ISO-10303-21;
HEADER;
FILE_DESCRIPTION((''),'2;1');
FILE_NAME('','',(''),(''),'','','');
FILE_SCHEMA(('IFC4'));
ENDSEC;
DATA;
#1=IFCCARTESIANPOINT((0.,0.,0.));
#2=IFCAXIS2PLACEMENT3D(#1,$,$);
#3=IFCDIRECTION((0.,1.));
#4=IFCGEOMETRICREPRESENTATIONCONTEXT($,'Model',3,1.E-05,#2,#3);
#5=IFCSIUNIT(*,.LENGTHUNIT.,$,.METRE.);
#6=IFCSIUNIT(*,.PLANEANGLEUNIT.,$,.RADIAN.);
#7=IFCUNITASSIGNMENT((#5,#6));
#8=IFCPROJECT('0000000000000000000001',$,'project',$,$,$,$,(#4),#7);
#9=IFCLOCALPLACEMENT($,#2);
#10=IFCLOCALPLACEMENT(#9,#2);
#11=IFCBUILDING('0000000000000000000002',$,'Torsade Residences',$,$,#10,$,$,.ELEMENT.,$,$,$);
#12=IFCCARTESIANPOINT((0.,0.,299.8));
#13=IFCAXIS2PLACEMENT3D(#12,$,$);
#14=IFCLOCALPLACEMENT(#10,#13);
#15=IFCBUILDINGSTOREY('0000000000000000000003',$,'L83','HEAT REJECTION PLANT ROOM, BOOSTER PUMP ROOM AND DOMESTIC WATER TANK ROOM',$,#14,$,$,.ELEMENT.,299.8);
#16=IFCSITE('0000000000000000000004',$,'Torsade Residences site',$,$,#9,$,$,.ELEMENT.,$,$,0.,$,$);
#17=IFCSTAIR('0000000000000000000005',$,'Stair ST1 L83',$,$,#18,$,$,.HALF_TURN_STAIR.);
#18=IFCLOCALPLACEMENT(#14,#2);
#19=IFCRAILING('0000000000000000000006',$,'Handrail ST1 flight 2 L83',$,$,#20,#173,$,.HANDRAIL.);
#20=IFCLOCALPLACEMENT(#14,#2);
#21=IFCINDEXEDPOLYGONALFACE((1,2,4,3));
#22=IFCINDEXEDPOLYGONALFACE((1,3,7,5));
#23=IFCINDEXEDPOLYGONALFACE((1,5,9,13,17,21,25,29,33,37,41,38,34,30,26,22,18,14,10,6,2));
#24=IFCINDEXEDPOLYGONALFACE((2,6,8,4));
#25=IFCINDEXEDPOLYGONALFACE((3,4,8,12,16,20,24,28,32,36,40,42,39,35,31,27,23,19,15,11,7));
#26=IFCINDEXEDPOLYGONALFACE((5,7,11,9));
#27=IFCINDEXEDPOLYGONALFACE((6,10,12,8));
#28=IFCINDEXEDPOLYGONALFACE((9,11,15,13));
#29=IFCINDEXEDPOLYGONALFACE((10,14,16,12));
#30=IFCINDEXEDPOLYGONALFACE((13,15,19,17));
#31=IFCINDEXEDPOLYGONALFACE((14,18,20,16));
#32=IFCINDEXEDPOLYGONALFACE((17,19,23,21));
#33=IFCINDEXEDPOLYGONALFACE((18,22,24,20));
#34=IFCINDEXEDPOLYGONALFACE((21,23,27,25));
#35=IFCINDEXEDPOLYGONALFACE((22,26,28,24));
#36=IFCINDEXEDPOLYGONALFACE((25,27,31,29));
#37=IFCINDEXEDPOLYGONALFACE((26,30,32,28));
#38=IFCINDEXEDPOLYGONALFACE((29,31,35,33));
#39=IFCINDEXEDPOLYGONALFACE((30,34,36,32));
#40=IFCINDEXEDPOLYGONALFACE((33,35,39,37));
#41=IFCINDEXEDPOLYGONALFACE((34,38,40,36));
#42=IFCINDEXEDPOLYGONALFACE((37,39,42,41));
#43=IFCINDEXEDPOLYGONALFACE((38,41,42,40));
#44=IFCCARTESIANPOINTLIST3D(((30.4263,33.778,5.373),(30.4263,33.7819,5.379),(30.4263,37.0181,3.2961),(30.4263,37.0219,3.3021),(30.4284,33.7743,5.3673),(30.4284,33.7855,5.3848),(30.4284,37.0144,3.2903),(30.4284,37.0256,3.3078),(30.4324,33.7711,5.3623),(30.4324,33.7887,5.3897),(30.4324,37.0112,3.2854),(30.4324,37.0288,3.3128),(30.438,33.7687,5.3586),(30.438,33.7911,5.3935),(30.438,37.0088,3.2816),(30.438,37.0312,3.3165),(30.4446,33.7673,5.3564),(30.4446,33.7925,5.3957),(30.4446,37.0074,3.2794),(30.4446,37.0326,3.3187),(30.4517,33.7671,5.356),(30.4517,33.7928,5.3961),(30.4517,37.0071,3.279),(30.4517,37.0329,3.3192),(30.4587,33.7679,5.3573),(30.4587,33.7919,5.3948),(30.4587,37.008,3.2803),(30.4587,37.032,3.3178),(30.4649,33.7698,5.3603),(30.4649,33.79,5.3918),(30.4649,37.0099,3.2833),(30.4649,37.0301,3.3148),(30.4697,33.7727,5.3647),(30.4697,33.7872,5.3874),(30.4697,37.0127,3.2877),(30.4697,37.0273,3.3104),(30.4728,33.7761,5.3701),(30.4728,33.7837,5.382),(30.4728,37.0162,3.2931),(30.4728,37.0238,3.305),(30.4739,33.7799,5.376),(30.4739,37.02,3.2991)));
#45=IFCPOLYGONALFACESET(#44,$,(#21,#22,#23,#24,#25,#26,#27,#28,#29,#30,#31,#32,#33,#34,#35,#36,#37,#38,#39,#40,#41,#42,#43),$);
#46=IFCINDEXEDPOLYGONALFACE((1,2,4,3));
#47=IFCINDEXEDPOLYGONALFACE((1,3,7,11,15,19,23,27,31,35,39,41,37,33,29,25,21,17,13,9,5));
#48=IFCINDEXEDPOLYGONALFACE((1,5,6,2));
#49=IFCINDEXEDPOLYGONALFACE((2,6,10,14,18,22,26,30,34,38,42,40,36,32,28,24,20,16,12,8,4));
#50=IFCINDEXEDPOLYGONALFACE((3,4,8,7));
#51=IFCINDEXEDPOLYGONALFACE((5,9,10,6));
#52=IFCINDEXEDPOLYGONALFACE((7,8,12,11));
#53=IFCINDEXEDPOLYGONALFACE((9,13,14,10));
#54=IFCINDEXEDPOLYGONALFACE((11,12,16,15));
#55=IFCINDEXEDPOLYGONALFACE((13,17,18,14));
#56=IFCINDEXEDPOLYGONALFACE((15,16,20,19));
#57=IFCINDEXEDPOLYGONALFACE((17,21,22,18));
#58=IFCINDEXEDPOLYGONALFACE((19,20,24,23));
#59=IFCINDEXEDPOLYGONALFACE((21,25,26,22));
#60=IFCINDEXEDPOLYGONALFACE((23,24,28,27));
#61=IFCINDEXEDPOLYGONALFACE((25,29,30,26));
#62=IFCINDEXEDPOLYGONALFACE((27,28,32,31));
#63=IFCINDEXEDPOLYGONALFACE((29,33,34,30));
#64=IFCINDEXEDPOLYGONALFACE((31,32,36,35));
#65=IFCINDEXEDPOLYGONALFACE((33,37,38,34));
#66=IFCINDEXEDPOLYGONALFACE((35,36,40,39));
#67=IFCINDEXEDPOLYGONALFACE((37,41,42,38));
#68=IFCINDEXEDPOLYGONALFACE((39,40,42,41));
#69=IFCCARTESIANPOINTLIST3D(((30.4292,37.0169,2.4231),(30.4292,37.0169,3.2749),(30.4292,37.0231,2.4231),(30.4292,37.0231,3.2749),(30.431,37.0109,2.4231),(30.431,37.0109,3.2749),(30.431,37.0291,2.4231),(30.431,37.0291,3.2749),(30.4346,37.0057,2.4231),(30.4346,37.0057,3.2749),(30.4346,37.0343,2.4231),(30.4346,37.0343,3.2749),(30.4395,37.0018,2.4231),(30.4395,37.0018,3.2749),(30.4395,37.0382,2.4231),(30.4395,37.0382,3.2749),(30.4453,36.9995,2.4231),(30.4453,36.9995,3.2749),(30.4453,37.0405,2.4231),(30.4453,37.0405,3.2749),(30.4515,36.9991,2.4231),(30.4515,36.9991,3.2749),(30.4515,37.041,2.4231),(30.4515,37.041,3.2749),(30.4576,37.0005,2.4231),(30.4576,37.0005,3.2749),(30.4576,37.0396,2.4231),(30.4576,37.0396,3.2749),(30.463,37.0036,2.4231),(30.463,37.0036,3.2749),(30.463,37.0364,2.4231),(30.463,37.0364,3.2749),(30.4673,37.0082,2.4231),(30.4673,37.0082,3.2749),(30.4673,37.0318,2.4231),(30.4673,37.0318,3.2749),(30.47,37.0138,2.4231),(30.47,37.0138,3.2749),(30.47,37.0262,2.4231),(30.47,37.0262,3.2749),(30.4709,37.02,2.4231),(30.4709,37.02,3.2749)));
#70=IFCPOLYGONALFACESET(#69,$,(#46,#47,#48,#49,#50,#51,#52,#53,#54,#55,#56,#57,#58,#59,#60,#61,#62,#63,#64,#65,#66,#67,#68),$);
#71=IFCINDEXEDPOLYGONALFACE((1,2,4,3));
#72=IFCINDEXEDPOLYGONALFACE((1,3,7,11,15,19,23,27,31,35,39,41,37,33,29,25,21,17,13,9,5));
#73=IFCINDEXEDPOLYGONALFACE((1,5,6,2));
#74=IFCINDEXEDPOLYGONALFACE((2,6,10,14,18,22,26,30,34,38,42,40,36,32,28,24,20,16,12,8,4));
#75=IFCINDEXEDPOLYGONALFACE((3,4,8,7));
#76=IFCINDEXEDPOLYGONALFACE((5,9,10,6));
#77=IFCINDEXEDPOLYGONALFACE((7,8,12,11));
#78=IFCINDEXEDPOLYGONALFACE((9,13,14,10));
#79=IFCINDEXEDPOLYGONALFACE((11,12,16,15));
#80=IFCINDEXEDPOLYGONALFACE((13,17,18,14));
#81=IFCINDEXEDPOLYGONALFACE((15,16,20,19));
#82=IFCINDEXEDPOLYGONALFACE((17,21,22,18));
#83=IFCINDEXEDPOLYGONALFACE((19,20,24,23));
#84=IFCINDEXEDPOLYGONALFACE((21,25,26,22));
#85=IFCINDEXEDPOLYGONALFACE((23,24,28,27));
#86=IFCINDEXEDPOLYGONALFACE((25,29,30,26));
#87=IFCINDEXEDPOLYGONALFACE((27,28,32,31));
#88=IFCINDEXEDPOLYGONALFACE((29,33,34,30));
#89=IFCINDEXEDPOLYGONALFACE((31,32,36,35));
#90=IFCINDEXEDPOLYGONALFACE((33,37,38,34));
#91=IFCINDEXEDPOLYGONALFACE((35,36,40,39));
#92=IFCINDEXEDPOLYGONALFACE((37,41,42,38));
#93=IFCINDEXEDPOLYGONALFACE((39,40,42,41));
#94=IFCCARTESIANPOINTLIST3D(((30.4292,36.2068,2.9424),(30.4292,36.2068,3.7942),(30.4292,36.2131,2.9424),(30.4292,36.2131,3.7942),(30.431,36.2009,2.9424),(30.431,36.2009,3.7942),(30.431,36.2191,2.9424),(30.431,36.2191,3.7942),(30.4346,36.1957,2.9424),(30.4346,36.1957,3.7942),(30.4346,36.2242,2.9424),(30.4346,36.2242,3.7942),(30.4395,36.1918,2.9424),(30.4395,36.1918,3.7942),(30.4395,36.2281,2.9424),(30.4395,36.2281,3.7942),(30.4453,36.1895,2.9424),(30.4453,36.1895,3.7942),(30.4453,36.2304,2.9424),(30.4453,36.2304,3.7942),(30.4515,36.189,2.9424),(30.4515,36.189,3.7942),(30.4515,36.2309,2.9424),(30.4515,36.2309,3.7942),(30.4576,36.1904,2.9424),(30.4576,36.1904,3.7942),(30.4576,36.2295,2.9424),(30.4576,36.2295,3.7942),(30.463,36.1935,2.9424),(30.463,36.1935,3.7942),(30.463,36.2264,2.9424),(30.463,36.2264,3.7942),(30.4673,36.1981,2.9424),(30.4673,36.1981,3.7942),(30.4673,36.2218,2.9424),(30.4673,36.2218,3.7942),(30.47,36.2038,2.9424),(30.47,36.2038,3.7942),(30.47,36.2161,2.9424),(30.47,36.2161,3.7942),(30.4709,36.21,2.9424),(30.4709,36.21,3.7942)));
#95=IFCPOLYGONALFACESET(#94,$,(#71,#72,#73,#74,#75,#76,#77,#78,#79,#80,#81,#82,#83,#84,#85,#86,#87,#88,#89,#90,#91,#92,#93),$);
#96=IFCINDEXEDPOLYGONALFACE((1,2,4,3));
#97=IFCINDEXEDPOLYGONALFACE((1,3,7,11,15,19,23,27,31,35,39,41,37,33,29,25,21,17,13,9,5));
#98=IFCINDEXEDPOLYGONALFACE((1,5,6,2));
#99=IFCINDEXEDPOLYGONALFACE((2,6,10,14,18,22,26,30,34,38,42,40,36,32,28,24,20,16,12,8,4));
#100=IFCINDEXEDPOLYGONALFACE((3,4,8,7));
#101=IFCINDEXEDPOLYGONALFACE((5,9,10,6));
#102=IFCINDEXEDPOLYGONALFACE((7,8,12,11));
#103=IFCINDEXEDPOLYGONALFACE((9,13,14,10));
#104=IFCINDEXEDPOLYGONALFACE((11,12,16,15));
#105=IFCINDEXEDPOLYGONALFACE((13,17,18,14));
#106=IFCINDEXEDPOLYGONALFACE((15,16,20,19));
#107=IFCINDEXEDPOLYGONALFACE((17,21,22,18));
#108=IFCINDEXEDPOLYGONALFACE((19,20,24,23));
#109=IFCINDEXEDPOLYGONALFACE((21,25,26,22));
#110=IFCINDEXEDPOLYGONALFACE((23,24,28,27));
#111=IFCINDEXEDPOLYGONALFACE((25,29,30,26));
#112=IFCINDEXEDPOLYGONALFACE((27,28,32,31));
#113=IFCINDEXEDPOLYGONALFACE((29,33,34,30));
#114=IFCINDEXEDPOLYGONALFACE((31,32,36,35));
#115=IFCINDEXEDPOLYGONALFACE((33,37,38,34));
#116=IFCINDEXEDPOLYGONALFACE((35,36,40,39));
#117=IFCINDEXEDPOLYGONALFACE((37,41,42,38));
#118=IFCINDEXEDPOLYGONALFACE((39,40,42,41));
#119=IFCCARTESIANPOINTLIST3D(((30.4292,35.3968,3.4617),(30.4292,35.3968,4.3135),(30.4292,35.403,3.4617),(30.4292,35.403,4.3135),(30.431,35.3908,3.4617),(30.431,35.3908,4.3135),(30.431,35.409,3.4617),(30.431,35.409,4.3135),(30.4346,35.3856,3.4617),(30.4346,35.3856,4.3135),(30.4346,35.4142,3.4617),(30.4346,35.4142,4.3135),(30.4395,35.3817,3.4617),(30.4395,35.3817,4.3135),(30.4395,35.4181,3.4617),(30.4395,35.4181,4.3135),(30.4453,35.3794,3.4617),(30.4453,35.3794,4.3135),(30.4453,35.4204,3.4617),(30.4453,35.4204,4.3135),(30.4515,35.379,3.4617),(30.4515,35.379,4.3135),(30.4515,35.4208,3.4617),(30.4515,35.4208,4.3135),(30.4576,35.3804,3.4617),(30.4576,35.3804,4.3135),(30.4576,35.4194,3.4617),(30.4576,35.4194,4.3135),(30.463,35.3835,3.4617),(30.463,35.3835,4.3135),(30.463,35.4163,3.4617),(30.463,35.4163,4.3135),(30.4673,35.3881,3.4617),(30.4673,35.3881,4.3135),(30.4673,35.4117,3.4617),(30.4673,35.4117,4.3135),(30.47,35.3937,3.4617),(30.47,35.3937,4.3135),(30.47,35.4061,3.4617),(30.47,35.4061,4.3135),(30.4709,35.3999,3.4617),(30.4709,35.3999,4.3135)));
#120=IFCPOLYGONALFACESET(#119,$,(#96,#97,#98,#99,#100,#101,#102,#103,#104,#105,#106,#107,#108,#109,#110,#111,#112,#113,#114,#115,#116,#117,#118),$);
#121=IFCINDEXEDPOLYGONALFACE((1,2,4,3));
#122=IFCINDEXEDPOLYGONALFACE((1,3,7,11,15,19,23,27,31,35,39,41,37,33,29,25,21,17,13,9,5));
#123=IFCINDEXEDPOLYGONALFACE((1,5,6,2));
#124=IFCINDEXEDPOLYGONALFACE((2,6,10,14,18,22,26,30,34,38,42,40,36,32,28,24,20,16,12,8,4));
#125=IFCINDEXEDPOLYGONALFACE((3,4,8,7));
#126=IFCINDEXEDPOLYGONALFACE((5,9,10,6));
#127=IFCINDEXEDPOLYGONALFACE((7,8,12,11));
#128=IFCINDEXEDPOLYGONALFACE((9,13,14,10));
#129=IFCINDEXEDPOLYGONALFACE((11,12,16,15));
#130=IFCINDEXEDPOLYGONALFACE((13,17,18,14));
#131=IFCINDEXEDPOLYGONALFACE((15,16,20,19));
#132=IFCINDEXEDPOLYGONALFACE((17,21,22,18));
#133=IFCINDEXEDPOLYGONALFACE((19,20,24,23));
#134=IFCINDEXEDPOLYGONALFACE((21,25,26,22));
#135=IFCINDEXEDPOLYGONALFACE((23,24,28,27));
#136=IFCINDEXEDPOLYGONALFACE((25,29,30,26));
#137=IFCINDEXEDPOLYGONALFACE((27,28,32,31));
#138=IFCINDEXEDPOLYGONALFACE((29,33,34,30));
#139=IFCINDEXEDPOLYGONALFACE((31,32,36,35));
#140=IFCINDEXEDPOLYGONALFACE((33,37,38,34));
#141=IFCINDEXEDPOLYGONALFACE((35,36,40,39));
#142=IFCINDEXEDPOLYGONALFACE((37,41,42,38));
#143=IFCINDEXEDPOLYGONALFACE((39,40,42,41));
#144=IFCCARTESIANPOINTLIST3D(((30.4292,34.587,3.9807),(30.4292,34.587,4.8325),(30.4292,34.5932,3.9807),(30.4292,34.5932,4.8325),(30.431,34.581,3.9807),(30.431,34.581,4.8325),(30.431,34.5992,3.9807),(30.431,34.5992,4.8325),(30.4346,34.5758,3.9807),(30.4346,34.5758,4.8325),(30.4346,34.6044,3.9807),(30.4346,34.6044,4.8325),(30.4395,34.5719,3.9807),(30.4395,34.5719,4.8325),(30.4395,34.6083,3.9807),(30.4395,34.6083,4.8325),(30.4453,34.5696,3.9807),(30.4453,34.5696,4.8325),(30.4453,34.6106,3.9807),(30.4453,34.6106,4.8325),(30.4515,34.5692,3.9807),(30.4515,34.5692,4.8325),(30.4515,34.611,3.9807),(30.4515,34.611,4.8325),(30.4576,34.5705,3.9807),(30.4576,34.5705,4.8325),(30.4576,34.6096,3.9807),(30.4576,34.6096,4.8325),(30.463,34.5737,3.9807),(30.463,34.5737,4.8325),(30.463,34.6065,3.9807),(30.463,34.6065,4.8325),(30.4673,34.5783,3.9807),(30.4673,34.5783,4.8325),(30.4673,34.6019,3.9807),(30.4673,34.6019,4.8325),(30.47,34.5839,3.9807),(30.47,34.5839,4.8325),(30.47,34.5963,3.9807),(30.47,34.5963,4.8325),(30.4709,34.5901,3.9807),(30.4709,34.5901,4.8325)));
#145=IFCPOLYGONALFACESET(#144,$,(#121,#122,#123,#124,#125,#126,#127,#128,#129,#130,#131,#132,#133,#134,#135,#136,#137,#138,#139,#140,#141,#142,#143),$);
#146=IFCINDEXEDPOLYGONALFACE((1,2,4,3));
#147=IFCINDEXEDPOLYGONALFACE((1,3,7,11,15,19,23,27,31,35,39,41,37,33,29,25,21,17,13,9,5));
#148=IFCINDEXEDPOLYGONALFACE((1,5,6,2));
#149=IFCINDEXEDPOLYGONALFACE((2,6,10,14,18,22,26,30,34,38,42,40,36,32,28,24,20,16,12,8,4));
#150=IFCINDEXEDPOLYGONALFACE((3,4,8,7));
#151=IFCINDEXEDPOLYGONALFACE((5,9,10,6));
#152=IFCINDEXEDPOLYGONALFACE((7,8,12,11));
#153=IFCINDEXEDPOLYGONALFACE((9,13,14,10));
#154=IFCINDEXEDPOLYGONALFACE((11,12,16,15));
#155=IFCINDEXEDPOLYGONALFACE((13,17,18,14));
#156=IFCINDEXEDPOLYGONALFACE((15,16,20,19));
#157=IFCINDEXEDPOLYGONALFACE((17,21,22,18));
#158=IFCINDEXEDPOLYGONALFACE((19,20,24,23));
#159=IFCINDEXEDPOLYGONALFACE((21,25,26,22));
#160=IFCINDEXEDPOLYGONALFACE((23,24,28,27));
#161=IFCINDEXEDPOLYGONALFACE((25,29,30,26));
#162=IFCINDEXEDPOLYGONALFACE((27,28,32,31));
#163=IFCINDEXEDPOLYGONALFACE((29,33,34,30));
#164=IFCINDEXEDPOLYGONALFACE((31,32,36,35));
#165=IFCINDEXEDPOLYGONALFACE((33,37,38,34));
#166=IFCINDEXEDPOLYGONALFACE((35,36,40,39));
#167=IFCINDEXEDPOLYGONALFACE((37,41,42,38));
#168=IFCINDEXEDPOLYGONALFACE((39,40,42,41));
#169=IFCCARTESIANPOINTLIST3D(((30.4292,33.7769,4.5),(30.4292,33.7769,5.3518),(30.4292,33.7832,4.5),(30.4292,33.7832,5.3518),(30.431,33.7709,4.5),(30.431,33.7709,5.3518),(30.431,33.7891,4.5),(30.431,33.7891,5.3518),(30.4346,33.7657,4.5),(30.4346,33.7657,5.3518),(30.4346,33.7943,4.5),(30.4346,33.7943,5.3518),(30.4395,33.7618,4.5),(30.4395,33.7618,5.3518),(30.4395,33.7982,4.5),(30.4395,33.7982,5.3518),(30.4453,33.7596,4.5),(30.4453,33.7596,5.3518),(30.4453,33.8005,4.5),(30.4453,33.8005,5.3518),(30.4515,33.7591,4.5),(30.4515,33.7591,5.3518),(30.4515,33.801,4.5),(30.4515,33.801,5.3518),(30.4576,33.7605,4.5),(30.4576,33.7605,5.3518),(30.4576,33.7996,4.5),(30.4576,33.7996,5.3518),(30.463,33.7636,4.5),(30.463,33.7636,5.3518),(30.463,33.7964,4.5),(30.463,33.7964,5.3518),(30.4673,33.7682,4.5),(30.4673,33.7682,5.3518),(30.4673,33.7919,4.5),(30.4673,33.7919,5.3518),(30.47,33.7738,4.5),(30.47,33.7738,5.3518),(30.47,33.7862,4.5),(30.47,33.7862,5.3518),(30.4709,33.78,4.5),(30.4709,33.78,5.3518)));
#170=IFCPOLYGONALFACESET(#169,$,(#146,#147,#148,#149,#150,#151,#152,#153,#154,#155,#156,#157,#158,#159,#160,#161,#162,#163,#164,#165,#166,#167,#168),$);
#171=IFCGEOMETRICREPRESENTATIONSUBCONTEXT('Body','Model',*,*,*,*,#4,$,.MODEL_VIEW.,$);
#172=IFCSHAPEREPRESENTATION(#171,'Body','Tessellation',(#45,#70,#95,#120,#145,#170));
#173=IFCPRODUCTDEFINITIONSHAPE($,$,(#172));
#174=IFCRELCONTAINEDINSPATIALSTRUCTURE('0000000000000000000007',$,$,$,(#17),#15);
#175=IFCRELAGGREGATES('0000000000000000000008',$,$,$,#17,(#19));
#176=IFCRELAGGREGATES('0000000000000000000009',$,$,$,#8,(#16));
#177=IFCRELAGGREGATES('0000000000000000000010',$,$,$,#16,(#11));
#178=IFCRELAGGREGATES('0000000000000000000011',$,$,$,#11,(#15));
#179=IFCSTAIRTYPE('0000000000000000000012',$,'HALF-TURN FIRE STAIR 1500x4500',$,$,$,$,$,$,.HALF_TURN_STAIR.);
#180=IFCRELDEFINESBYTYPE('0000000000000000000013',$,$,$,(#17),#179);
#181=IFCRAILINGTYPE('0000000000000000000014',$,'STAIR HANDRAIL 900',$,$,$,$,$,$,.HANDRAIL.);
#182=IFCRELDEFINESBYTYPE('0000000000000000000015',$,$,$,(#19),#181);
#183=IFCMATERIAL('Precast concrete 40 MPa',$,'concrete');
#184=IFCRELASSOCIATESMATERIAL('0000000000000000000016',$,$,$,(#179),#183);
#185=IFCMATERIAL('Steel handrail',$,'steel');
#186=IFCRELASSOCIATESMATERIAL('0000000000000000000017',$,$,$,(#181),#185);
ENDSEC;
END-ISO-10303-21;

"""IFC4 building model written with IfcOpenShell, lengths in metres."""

from ifc_helpers import new_model, si_unit, direction, frame, origin, origin_2d, place, context, subcontext, project, spatial, circle, extrude, material, type_object, element, aggregate, save


model = new_model("IFC4")

# Units and contexts
model_context = context("Model", 3, precision=1e-05, world=origin(), true_north=direction((0.0, 1.0)))
body_context = subcontext(model_context, "Body", "Model", "MODEL_VIEW")
ifc_project = project(units=[si_unit("LENGTHUNIT", "METRE"), si_unit("PLANEANGLEUNIT", "RADIAN")], contexts=[model_context])

# Site, building, storey
site_placement = place(None, origin())
site = spatial("IfcSite", under=ifc_project, at=site_placement, Name="Torsade Residences site", CompositionType="ELEMENT", RefElevation=0.0)
building_placement = place(site_placement, origin())
building = spatial("IfcBuilding", under=site, at=building_placement, Name="Torsade Residences", CompositionType="ELEMENT")
storey_placement = place(building_placement, frame((0.0, 0.0, 299.8)))
storey = spatial("IfcBuildingStorey", under=building, at=storey_placement, Name="L83", Description="HEAT REJECTION PLANT ROOM, BOOSTER PUMP ROOM AND DOMESTIC WATER TANK ROOM", CompositionType="ELEMENT", Elevation=299.8)

# Stair, railing
ifc_material_1 = material(Name="Precast concrete 40 MPa", Category="concrete")
stair_type = type_object("IfcStairType", Name="HALF-TURN FIRE STAIR 1500x4500", PredefinedType="HALF_TURN_STAIR", material=ifc_material_1)
stair_placement = place(storey_placement, origin())
stair = element("IfcStair", 1, at=stair_placement, inside=storey, type_object=stair_type, Name="Stair ST1 L83", PredefinedType="HALF_TURN_STAIR")
ifc_material_2 = material(Name="Steel handrail", Category="steel")
railing_type = type_object("IfcRailingType", Name="STAIR HANDRAIL 900", PredefinedType="HANDRAIL", material=ifc_material_2)
railing_1_placement = place(storey_placement, frame((30.45, 37.02, 2.4231)))
railing_1 = element("IfcRailing", 2, at=railing_1_placement, type_object=railing_type, Name="Handrail ST1 flight 2 L83", PredefinedType="HANDRAIL", context=body_context, shape_type="SweptSolid", body=[
    extrude(circle(Radius=0.0239, at=origin_2d()), frame((0.0, 0.0, 0.876), z_axis=(0.0, -0.841881, 0.539664), x_axis=(1.0, 0.0, 0.0)), (0.0, 0.0, 1.0), 3.8486),
    extrude(circle(Radius=0.021, at=origin_2d()), origin(), (0.0, 0.0, 1.0), 0.8518),
    extrude(circle(Radius=0.021, at=origin_2d()), frame((0.0, -0.8101, 0.5193)), (0.0, 0.0, 1.0), 0.8518),
    extrude(circle(Radius=0.021, at=origin_2d()), frame((0.0, -1.6201, 1.0386)), (0.0, 0.0, 1.0), 0.8518),
    extrude(circle(Radius=0.021, at=origin_2d()), frame((0.0, -2.4299, 1.5576)), (0.0, 0.0, 1.0), 0.8518),
    extrude(circle(Radius=0.021, at=origin_2d()), frame((0.0, -3.24, 2.0769)), (0.0, 0.0, 1.0), 0.8518),
])
aggregate(stair, [railing_1])

save(model, "model.ifc")
